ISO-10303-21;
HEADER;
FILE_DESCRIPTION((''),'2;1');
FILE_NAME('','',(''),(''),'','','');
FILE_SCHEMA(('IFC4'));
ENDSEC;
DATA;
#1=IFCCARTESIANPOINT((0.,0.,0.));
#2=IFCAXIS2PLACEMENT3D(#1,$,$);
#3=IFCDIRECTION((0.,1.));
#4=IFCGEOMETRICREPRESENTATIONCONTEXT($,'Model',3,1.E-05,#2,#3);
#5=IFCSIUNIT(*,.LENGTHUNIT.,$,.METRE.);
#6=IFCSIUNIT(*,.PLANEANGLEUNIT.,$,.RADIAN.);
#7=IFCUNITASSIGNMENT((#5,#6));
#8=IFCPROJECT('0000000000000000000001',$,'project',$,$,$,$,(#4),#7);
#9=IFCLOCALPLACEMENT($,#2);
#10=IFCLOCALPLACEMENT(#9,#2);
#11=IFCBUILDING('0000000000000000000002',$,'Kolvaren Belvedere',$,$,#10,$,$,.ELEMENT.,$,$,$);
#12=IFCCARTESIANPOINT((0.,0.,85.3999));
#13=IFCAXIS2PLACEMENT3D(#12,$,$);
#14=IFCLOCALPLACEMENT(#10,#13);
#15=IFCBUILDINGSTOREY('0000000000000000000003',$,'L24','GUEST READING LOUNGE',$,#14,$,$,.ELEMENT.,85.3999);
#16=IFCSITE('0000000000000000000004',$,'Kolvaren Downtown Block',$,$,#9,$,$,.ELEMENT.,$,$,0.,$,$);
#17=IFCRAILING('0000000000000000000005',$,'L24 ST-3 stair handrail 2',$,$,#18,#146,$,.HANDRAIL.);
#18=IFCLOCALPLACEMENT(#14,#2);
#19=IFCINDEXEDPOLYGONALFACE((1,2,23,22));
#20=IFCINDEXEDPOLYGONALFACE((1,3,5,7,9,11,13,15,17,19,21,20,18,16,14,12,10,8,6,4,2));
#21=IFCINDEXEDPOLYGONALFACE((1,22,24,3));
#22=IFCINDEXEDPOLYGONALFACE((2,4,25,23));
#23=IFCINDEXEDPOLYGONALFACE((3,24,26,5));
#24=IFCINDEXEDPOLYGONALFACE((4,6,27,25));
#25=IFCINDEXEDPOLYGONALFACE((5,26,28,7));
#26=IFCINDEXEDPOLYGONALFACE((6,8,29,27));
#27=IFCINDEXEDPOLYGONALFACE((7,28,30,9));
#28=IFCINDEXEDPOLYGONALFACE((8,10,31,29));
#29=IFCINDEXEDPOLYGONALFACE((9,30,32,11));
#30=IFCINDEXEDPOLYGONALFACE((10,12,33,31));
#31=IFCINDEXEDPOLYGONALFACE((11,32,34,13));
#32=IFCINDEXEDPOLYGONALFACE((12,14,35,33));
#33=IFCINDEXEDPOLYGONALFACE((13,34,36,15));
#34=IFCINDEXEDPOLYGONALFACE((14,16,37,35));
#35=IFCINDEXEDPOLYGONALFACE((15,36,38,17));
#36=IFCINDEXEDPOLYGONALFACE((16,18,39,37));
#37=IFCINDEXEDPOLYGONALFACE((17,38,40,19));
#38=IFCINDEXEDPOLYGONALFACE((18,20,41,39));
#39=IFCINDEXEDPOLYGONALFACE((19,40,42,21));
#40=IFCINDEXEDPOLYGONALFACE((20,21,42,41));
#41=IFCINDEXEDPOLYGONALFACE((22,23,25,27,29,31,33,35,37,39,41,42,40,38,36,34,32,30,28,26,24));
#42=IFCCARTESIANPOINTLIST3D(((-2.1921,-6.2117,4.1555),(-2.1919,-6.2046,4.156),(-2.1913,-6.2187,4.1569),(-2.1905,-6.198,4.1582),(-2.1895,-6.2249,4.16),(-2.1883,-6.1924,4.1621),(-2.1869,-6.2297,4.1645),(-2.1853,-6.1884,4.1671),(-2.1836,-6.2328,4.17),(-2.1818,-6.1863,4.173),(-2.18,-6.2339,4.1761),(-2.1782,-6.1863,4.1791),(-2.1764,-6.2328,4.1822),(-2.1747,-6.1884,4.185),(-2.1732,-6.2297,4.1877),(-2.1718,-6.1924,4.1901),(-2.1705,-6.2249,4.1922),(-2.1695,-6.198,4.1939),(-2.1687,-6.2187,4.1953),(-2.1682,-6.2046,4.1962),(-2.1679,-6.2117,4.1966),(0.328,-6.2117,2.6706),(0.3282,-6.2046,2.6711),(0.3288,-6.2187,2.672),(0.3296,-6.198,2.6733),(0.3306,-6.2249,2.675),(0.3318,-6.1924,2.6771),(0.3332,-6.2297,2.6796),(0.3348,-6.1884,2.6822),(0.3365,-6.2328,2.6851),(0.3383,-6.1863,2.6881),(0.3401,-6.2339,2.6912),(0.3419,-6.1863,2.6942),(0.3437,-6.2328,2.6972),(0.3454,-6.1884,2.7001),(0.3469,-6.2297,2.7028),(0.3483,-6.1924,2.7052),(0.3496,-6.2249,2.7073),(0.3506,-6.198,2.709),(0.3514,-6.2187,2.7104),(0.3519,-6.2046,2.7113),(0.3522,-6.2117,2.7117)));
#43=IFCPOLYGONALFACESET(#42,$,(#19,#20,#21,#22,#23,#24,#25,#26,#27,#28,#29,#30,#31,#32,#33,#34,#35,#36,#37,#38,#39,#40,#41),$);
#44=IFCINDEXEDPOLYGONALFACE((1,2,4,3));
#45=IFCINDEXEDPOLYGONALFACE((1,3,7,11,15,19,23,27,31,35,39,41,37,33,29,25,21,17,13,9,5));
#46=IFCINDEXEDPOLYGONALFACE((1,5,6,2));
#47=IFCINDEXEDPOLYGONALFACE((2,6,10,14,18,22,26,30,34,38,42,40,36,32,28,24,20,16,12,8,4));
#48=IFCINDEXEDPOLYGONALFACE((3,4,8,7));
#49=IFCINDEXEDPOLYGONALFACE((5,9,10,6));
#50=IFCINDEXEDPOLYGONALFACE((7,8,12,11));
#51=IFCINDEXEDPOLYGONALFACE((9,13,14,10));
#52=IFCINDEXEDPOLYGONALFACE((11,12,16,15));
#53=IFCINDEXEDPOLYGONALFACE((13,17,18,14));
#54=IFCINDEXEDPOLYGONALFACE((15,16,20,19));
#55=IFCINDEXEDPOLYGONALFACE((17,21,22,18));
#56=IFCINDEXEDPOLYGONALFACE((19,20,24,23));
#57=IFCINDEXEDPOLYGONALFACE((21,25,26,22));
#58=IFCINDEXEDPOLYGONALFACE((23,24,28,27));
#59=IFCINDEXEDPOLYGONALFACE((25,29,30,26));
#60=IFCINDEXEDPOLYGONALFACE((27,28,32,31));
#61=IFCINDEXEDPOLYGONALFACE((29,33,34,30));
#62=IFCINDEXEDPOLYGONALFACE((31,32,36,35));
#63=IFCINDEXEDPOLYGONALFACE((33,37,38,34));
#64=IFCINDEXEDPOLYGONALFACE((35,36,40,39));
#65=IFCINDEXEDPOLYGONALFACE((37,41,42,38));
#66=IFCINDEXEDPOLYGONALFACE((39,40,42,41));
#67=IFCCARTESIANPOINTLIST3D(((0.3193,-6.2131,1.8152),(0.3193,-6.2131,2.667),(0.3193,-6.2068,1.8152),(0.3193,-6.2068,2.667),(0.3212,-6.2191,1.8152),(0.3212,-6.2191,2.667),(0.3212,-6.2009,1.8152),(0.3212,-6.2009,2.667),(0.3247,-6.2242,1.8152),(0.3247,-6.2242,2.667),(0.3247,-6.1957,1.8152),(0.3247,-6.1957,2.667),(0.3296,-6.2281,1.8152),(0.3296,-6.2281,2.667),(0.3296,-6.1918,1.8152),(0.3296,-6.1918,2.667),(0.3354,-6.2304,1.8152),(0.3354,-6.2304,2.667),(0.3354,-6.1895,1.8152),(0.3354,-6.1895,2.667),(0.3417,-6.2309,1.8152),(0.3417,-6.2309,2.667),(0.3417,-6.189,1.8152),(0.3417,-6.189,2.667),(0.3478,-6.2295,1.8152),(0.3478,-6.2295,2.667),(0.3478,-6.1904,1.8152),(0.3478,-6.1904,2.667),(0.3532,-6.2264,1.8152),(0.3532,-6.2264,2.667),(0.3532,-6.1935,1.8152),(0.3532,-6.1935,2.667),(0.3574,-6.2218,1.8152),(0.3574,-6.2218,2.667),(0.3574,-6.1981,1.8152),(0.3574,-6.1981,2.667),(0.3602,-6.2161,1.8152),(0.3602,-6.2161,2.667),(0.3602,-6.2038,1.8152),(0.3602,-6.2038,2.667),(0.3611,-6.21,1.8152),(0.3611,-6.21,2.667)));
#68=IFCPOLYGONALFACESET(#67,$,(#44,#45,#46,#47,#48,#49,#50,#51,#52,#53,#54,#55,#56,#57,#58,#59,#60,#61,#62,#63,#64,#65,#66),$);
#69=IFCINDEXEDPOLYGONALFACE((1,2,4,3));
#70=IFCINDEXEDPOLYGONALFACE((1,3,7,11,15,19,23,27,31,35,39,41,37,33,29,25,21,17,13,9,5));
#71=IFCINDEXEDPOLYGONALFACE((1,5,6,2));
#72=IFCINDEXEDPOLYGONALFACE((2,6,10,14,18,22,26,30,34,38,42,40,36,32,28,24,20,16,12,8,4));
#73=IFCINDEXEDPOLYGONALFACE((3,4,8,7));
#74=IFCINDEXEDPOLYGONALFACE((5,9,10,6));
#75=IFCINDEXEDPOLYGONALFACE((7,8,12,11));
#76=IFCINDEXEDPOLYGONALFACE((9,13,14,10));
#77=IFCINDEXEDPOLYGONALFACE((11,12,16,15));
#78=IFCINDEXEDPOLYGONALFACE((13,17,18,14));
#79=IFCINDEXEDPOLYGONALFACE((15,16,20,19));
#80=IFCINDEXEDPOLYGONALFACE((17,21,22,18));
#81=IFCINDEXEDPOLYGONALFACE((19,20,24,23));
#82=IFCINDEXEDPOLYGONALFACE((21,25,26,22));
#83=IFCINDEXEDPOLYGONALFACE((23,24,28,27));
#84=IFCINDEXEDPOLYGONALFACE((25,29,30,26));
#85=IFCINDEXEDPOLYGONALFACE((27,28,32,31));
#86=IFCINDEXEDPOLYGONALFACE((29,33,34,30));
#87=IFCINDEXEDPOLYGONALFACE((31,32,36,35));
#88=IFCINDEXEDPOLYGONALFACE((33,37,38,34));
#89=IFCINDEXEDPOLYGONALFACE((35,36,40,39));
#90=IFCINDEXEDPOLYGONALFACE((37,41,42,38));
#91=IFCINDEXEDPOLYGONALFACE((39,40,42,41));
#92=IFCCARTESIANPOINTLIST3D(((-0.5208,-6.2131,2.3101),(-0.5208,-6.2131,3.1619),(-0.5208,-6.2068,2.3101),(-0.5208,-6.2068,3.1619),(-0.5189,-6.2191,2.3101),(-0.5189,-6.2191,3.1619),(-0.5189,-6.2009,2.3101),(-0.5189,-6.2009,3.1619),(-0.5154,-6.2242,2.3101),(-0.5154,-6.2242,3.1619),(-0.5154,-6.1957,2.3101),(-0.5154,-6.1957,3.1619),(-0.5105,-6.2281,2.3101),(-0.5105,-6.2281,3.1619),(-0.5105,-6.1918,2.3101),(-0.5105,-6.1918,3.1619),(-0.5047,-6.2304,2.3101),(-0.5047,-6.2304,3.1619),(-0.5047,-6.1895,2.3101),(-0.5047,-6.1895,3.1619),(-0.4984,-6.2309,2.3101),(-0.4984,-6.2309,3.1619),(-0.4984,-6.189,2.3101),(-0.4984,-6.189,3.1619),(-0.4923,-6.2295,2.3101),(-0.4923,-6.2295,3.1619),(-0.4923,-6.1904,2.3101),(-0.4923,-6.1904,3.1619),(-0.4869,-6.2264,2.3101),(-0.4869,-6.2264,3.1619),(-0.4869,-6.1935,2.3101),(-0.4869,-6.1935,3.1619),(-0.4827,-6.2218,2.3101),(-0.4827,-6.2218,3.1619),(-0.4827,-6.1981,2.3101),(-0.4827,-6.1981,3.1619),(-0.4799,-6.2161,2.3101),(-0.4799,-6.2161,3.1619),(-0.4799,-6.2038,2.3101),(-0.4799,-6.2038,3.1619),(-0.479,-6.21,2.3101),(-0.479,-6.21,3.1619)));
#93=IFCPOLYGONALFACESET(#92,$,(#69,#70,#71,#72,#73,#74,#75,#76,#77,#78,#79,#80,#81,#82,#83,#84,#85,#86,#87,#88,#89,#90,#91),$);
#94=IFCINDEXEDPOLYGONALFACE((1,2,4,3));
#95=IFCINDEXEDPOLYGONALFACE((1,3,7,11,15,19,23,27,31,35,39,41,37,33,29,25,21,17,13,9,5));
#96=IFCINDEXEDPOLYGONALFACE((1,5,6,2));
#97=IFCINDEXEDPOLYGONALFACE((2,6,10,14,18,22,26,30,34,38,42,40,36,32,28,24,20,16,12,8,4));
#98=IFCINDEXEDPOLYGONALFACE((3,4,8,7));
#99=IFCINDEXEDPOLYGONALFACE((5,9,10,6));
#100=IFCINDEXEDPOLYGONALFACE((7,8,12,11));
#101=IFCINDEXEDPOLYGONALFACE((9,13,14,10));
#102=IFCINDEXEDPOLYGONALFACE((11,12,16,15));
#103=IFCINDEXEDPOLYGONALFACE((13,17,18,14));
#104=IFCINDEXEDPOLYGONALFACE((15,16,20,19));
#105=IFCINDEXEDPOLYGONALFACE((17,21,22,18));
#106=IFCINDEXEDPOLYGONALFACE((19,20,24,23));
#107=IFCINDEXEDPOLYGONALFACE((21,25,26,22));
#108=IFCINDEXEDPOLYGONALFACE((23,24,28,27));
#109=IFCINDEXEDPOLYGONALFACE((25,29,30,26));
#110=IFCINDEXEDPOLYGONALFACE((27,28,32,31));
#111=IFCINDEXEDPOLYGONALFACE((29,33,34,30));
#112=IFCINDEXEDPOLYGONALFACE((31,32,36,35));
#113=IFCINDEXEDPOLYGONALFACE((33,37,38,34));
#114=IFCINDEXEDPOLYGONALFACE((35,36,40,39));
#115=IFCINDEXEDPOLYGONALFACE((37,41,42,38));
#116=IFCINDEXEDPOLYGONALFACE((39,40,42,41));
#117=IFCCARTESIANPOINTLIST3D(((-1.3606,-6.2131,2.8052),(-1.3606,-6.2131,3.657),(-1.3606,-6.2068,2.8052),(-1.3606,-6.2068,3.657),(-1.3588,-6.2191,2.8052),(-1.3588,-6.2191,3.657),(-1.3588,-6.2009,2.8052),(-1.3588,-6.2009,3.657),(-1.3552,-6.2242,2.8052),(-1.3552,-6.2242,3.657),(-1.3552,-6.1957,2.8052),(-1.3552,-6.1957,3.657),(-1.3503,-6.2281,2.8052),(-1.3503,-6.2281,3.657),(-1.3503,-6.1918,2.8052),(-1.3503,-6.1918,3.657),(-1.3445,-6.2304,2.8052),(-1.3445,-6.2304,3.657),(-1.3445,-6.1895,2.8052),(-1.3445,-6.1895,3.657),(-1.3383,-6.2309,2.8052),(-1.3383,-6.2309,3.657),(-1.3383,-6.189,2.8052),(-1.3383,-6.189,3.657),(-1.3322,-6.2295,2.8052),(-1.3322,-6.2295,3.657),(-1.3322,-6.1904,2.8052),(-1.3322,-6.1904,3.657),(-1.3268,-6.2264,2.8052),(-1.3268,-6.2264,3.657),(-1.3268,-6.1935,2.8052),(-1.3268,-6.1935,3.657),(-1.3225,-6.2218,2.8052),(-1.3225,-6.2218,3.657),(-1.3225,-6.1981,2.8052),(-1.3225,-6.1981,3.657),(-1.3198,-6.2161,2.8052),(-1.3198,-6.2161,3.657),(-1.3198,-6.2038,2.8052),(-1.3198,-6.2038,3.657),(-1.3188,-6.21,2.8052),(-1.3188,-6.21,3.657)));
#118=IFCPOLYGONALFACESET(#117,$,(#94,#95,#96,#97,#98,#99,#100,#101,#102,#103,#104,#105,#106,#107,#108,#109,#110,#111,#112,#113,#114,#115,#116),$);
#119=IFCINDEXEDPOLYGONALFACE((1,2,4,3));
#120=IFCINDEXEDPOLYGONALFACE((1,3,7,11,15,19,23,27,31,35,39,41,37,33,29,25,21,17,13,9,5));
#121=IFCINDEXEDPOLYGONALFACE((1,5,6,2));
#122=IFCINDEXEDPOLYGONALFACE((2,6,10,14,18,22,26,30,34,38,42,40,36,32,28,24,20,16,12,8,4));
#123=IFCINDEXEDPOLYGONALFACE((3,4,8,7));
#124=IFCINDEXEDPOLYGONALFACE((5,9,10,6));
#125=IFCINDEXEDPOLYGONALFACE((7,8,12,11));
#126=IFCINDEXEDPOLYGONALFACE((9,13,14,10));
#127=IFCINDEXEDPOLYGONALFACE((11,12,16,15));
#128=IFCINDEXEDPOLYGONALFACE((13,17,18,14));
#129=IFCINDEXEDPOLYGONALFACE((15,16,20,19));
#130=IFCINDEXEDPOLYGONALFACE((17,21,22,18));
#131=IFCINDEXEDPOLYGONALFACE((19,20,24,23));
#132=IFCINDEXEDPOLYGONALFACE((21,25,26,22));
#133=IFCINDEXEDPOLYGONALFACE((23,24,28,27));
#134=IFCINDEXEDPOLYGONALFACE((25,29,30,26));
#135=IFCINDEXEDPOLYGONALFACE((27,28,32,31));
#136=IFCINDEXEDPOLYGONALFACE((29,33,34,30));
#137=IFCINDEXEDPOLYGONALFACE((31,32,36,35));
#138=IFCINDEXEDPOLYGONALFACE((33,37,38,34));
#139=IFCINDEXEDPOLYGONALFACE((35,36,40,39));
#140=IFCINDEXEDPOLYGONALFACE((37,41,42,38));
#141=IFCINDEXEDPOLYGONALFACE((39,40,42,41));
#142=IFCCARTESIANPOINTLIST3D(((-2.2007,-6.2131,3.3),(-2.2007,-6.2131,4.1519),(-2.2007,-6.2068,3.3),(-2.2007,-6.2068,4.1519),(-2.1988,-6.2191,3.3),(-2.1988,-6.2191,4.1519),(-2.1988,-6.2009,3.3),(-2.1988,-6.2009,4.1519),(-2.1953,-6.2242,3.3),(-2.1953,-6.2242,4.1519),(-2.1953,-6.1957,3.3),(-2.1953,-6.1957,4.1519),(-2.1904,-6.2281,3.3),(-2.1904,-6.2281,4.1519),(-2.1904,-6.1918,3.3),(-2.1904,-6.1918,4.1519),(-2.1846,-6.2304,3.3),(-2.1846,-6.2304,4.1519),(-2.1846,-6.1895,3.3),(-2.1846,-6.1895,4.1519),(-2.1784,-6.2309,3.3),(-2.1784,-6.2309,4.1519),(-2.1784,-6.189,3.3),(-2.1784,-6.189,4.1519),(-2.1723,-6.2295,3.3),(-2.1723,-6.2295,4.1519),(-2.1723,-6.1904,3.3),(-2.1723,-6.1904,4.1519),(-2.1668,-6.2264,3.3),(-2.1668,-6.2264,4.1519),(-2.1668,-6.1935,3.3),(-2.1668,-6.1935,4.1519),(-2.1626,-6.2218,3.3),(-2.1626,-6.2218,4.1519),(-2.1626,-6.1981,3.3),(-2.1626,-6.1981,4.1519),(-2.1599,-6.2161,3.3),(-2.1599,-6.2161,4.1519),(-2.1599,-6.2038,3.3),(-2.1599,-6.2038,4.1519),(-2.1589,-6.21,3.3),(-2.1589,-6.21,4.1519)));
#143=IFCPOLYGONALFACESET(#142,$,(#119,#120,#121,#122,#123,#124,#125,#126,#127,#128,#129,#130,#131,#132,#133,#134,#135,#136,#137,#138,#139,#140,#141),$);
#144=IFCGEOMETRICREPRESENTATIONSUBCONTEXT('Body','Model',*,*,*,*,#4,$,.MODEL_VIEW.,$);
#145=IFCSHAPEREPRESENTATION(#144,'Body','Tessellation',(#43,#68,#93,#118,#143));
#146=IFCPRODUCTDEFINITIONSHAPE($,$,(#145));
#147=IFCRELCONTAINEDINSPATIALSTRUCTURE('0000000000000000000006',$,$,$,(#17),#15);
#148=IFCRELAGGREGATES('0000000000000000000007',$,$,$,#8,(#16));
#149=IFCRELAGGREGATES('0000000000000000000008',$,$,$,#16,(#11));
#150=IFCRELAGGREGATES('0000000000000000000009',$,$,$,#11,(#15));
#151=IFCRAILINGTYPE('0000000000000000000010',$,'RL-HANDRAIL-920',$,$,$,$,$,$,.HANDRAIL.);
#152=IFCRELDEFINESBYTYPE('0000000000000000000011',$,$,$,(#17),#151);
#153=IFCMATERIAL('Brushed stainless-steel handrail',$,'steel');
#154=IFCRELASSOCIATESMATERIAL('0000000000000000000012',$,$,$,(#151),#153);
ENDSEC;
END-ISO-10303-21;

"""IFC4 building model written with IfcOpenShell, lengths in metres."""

from ifc_helpers import new_model, si_unit, direction, frame, origin, origin_2d, place, context, subcontext, project, spatial, circle, extrude, material, type_object, element, save


model = new_model("IFC4")

# Units and contexts
model_context = context("Model", 3, precision=1e-05, world=origin(), true_north=direction((0.0, 1.0)))
body_context = subcontext(model_context, "Body", "Model", "MODEL_VIEW")
ifc_project = project(units=[si_unit("LENGTHUNIT", "METRE"), si_unit("PLANEANGLEUNIT", "RADIAN")], contexts=[model_context])

# Site, building, storey
site_placement = place(None, origin())
site = spatial("IfcSite", under=ifc_project, at=site_placement, Name="Kolvaren Downtown Block", CompositionType="ELEMENT", RefElevation=0.0)
building_placement = place(site_placement, origin())
building = spatial("IfcBuilding", under=site, at=building_placement, Name="Kolvaren Belvedere", CompositionType="ELEMENT")
storey_placement = place(building_placement, frame((0.0, 0.0, 85.3999)))
storey = spatial("IfcBuildingStorey", under=building, at=storey_placement, Name="L24", Description="GUEST READING LOUNGE", CompositionType="ELEMENT", Elevation=85.3999)

# Railing
ifc_material_1 = material(Name="Brushed stainless-steel handrail", Category="steel")
railing_type_1 = type_object("IfcRailingType", Name="RL-HANDRAIL-920", PredefinedType="HANDRAIL", material=ifc_material_1)
railing_1_placement = place(storey_placement, frame((0.3401, -6.21, 1.8152)))
element("IfcRailing", 1, at=railing_1_placement, inside=storey, type_object=railing_type_1, Name="L24 ST-3 stair handrail 2", PredefinedType="HANDRAIL", context=body_context, shape_type="SweptSolid", body=[
    extrude(circle(Radius=0.0239, at=origin_2d()), frame((0.0, 0.0, 0.876), z_axis=(-0.861561, 0.0, 0.507655), x_axis=(0.0, -1.0, 0.0)), (0.0, 0.0, 1.0), 2.925),
    extrude(circle(Radius=0.021, at=origin_2d()), origin(), (0.0, 0.0, 1.0), 0.8518),
    extrude(circle(Radius=0.021, at=origin_2d()), frame((-0.8401, 0.0, 0.4949)), (0.0, 0.0, 1.0), 0.8518),
    extrude(circle(Radius=0.021, at=origin_2d()), frame((-1.6799, 0.0, 0.99)), (0.0, 0.0, 1.0), 0.8518),
    extrude(circle(Radius=0.021, at=origin_2d()), frame((-2.52, 0.0, 1.4849)), (0.0, 0.0, 1.0), 0.8518),
])

save(model, "model.ifc")
